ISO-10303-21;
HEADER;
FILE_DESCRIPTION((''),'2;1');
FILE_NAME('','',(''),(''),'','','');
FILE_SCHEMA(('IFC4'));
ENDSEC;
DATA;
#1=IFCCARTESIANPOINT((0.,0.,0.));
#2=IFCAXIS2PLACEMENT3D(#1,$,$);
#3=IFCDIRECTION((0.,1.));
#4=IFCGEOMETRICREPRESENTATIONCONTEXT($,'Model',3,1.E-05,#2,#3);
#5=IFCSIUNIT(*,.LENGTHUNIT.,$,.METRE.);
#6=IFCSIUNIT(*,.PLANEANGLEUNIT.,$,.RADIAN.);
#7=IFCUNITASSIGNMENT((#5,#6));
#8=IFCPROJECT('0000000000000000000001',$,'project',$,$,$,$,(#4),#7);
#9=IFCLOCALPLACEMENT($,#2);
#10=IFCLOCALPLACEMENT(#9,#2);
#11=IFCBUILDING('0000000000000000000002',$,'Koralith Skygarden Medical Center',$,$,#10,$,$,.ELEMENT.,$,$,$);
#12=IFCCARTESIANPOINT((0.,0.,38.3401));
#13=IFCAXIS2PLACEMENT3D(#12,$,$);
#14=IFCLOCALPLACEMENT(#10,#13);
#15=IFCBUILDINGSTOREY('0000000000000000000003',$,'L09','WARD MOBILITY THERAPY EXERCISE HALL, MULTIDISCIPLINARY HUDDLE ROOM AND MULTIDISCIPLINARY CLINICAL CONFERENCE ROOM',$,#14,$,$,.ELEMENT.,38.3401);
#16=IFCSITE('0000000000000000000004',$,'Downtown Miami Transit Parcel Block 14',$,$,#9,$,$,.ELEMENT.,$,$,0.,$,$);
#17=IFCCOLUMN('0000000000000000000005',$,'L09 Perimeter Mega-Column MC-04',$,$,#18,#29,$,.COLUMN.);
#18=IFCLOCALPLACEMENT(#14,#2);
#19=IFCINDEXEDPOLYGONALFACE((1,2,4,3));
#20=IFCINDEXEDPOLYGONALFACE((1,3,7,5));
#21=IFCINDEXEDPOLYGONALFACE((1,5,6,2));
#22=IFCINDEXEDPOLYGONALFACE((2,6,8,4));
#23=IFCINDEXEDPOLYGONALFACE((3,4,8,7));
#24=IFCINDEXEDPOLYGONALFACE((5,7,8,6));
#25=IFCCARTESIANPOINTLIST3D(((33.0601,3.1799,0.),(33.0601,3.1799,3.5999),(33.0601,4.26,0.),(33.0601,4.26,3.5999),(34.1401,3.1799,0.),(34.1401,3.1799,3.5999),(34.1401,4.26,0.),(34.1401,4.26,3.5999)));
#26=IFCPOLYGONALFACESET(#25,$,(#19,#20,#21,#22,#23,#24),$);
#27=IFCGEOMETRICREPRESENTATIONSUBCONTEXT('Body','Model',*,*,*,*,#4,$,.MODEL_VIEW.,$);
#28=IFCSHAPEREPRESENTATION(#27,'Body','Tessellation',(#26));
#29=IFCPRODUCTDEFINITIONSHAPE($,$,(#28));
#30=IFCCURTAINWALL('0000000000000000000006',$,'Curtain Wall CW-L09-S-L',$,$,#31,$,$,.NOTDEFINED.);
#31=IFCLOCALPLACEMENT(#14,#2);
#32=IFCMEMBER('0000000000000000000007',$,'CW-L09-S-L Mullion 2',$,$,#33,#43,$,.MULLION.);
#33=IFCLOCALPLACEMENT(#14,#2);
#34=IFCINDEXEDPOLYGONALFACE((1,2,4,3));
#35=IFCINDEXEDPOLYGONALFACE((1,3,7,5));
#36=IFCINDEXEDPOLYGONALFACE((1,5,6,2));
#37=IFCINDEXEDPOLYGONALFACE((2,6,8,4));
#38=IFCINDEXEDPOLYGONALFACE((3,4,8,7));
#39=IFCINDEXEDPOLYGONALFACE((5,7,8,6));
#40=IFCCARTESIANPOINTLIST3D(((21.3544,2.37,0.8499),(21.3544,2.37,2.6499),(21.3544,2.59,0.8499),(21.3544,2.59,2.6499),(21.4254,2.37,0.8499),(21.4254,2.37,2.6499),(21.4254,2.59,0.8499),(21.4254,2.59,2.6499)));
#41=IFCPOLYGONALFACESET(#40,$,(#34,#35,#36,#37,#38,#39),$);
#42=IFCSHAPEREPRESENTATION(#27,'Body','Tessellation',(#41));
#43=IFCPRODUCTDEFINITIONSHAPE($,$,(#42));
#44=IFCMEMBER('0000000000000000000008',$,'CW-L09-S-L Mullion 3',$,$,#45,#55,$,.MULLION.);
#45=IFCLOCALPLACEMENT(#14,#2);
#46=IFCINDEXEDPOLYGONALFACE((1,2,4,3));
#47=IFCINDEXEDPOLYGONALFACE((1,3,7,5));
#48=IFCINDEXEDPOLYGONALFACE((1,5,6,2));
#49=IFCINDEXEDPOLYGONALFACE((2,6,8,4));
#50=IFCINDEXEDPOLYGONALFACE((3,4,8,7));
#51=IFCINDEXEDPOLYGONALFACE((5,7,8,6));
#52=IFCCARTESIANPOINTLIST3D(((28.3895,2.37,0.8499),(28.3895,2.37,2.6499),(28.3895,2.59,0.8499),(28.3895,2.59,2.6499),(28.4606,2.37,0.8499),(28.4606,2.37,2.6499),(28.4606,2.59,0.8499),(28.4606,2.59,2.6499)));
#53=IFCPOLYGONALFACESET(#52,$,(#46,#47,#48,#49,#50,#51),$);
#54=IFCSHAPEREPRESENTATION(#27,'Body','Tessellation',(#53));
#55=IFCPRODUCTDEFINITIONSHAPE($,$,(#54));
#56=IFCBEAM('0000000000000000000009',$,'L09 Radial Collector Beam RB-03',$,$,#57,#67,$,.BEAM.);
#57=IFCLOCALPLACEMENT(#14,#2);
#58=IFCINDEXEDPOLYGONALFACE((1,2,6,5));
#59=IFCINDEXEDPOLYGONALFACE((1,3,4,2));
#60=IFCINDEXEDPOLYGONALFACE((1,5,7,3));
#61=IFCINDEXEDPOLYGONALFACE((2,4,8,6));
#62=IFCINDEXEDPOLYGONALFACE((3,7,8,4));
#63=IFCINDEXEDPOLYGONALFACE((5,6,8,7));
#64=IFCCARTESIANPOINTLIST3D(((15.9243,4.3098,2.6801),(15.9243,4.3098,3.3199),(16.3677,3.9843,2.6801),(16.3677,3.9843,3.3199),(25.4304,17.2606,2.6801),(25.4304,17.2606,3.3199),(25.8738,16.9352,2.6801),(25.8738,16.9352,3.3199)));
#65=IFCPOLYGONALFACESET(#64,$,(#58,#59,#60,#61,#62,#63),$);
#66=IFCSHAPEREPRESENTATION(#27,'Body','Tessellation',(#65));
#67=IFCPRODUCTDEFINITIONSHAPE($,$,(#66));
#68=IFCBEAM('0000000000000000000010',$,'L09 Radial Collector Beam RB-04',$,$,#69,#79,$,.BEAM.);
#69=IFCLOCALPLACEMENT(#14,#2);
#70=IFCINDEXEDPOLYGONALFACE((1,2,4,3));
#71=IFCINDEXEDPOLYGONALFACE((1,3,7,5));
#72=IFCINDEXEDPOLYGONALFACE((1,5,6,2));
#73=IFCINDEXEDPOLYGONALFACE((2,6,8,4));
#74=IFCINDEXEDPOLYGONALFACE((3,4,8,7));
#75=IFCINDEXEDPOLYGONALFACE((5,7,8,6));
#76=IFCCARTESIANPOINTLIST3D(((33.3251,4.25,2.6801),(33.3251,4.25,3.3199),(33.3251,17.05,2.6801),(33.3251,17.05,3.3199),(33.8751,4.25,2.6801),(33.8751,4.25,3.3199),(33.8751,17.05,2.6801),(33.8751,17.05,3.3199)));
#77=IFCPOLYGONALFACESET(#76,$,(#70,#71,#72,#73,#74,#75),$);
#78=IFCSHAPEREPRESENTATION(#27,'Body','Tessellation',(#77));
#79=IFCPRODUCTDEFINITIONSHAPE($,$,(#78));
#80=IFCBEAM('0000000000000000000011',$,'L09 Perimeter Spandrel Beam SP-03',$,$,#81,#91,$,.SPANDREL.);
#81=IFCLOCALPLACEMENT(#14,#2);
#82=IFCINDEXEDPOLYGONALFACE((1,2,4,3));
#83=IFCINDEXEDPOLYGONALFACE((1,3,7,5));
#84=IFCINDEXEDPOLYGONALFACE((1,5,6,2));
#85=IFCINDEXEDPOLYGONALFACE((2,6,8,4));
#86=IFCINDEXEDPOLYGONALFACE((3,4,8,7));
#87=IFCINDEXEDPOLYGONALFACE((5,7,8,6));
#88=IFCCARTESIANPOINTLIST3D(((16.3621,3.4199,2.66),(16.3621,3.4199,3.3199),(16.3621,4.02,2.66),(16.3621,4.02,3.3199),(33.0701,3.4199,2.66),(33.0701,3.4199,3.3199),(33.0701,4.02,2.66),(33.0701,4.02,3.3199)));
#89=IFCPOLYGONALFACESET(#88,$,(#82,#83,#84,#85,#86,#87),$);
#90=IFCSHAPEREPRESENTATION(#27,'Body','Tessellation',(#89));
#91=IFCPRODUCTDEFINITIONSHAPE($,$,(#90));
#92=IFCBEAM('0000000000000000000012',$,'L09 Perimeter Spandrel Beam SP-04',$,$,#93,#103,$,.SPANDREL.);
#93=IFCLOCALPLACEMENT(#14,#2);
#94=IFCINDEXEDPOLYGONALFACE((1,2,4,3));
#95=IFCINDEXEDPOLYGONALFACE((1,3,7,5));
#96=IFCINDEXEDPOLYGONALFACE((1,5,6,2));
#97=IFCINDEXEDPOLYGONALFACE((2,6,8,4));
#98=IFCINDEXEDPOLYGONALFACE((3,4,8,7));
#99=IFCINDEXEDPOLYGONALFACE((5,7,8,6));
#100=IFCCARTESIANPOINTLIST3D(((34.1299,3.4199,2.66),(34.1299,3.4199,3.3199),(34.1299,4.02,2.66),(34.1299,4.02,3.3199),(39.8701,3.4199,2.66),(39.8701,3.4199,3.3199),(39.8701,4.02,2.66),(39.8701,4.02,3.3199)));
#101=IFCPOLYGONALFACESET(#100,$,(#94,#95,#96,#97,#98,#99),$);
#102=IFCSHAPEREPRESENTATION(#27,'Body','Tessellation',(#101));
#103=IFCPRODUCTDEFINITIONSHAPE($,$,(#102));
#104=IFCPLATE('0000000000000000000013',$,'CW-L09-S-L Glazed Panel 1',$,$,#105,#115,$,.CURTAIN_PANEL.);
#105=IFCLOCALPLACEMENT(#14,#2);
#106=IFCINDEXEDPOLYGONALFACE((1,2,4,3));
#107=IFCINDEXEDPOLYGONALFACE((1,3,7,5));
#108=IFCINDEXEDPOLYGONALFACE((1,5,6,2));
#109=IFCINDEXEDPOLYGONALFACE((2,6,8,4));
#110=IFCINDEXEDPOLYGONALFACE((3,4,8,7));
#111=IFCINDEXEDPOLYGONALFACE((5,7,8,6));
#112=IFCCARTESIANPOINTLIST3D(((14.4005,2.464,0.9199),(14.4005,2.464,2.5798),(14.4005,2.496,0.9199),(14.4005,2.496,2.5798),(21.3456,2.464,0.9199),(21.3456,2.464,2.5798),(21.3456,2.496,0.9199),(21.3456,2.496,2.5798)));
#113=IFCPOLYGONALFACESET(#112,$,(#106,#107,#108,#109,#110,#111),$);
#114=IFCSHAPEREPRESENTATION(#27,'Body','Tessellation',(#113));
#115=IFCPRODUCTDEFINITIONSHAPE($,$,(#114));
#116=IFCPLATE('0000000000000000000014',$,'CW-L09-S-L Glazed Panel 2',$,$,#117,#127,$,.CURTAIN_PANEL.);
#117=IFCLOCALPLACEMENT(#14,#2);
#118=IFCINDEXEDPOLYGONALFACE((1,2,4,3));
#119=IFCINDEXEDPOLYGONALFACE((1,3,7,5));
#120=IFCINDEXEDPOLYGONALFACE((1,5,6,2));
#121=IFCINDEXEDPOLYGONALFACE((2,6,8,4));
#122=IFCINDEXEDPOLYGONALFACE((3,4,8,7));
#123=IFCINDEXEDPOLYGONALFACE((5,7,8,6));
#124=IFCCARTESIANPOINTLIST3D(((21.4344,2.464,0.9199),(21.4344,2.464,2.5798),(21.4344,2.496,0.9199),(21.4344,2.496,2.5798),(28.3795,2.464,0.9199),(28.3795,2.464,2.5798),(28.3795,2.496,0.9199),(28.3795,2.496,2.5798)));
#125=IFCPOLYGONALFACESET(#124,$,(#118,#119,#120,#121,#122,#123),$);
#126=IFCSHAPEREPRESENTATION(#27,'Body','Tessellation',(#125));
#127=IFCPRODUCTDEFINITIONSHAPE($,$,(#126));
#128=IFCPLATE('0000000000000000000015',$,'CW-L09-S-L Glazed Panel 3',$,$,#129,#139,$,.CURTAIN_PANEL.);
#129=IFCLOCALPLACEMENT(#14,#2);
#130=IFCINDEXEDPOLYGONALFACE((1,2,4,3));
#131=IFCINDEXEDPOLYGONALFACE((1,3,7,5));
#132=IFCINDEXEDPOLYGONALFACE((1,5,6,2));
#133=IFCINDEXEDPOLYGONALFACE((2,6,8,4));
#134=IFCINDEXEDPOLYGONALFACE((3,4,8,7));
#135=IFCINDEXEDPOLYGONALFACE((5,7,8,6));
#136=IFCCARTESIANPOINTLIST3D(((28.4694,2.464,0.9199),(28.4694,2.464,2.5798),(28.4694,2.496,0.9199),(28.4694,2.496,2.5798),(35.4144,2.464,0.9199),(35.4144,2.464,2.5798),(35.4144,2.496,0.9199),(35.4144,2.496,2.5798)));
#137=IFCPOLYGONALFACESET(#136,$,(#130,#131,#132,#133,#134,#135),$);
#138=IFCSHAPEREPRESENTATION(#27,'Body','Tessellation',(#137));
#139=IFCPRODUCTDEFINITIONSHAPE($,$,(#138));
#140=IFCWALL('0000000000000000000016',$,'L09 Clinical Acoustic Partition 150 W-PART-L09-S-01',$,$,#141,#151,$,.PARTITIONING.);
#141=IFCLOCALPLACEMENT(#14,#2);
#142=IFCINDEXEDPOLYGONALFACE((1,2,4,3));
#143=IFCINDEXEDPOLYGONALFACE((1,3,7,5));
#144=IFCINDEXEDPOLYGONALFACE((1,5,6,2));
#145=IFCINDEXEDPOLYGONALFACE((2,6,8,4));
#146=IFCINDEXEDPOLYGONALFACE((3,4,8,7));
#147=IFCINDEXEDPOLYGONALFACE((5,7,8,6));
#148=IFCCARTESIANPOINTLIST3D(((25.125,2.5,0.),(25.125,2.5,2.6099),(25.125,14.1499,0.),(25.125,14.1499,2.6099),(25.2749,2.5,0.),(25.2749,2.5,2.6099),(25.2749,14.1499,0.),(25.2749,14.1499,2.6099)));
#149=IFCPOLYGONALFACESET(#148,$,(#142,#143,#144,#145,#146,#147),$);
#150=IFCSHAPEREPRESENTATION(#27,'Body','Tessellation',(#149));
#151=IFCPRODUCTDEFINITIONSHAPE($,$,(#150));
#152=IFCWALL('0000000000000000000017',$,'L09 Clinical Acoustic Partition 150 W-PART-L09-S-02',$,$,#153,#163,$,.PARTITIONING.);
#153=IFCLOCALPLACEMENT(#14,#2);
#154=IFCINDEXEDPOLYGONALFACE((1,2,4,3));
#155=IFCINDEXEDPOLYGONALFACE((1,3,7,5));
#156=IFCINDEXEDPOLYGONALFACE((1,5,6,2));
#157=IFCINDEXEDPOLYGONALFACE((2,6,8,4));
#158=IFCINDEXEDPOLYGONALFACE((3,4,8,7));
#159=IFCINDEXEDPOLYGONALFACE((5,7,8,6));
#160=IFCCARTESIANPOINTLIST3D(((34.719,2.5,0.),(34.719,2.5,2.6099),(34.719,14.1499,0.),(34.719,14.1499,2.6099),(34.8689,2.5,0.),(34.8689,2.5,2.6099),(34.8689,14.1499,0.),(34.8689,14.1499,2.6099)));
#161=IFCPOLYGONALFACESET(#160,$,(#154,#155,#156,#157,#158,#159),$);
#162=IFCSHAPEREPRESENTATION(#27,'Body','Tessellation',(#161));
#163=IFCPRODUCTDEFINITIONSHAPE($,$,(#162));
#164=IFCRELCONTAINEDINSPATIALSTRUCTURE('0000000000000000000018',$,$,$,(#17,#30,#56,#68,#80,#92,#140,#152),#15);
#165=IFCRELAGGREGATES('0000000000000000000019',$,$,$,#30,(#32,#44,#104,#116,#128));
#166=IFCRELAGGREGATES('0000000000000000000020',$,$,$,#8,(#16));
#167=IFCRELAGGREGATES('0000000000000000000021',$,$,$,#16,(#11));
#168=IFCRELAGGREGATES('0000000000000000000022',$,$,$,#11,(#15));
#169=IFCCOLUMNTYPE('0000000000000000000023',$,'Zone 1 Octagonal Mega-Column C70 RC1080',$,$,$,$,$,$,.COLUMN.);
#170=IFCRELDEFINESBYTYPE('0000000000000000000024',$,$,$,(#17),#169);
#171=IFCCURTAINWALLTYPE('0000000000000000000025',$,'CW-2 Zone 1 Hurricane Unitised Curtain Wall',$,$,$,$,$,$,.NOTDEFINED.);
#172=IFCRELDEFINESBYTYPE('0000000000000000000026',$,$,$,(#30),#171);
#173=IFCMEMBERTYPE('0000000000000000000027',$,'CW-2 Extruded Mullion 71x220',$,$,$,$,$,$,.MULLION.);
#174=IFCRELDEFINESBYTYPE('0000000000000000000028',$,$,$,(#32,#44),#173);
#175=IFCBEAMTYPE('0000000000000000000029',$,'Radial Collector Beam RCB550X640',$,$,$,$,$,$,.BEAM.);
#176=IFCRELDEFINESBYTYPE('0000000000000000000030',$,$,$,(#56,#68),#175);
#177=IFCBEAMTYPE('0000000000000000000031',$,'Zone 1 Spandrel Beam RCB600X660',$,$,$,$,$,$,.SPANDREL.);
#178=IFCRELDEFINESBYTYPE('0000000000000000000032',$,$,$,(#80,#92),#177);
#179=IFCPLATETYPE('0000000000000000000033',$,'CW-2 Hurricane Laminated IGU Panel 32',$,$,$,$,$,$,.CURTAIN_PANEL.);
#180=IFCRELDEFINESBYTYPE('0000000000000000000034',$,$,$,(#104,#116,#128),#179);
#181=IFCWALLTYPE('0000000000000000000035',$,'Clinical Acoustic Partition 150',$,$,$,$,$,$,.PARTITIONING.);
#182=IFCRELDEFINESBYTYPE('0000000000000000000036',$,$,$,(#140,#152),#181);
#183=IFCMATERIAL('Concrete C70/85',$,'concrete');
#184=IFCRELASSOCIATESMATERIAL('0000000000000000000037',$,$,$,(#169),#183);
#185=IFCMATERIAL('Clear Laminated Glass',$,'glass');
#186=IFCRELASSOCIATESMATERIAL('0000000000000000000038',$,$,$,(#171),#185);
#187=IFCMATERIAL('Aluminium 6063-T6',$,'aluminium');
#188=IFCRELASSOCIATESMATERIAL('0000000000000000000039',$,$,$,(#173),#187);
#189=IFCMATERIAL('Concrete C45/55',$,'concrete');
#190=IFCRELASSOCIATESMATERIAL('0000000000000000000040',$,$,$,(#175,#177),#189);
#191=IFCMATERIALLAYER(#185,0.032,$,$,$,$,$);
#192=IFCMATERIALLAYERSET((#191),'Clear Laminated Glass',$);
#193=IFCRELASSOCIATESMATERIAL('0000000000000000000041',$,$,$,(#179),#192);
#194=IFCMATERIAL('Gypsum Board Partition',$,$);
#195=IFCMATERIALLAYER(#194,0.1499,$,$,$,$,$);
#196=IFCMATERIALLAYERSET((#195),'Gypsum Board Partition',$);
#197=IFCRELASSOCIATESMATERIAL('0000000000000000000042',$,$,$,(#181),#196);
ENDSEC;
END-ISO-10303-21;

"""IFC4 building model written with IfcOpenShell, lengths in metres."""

from ifc_helpers import new_model, si_unit, direction, frame, frame_2d, origin, origin_2d, place, context, subcontext, project, spatial, rectangle, extrude, material, layer, layer_set, material_profile, profile_set, type_object, element, aggregate, save


model = new_model("IFC4")

# Units and contexts
model_context = context("Model", 3, precision=1e-05, world=origin(), true_north=direction((0.0, 1.0)))
body_context = subcontext(model_context, "Body", "Model", "MODEL_VIEW")
ifc_project = project(units=[si_unit("LENGTHUNIT", "METRE"), si_unit("PLANEANGLEUNIT", "RADIAN")], contexts=[model_context])

# Site, building, storey
site_placement = place(None, origin())
site = spatial("IfcSite", under=ifc_project, at=site_placement, Name="Downtown Miami Transit Parcel Block 14", CompositionType="ELEMENT", RefElevation=0.0)
building_placement = place(site_placement, origin())
building = spatial("IfcBuilding", under=site, at=building_placement, Name="Koralith Skygarden Medical Center", CompositionType="ELEMENT")
storey_placement = place(building_placement, frame((0.0, 0.0, 38.3401)))
storey = spatial("IfcBuildingStorey", under=building, at=storey_placement, Name="L09", Description="WARD MOBILITY THERAPY EXERCISE HALL, MULTIDISCIPLINARY HUDDLE ROOM AND MULTIDISCIPLINARY CLINICAL CONFERENCE ROOM", CompositionType="ELEMENT", Elevation=38.3401)

# Column
ifc_material_1 = material(Name="Concrete C70/85", Category="concrete")
ifc_material_profile_1 = material_profile(ifc_material_1, rectangle(XDim=1.0801, YDim=1.0801, at=origin_2d()), Name="RC1080X1080")
ifc_profile_set_1 = profile_set([ifc_material_profile_1], Name="Concrete C70/85")
column_type = type_object("IfcColumnType", Name="Zone 1 Octagonal Mega-Column C70 RC1080", PredefinedType="COLUMN", material=ifc_profile_set_1)
column_placement = place(storey_placement, frame((33.6001, 3.72, 0.0), z_axis=(0.0, 0.0, 1.0), x_axis=(1.0, 0.0, 0.0)))
element("IfcColumn", 1, at=column_placement, inside=storey, type_object=column_type, Name="L09 Perimeter Mega-Column MC-04", PredefinedType="COLUMN", context=body_context, shape_type="SweptSolid", body=[
    extrude(rectangle(XDim=1.0801, YDim=1.0801, at=origin_2d()), origin(), (0.0, 0.0, 1.0), 3.5999),
])

# Curtain wall, members
ifc_material_2 = material(Name="Clear Laminated Glass", Category="glass")
curtain_wall_type = type_object("IfcCurtainWallType", Name="CW-2 Zone 1 Hurricane Unitised Curtain Wall", PredefinedType="NOTDEFINED", material=ifc_material_2)
curtain_wall_placement = place(storey_placement, origin())
curtain_wall = element("IfcCurtainWall", 2, at=curtain_wall_placement, inside=storey, type_object=curtain_wall_type, Name="Curtain Wall CW-L09-S-L", PredefinedType="NOTDEFINED")
ifc_material_3 = material(Name="Aluminium 6063-T6", Category="aluminium")
ifc_material_profile_2 = material_profile(ifc_material_3, rectangle(XDim=0.071, YDim=0.22, at=origin_2d()), Name="MUL71X220")
ifc_profile_set_2 = profile_set([ifc_material_profile_2], Name="Aluminium 6063-T6")
member_type = type_object("IfcMemberType", Name="CW-2 Extruded Mullion 71x220", PredefinedType="MULLION", material=ifc_profile_set_2)
member_1_placement = place(storey_placement, frame((21.3899, 2.48, 0.8499), z_axis=(0.0, 0.0, 1.0), x_axis=(1.0, 0.0, 0.0)))
member_1 = element("IfcMember", 3, at=member_1_placement, type_object=member_type, Name="CW-L09-S-L Mullion 2", PredefinedType="MULLION", context=body_context, shape_type="SweptSolid", body=[
    extrude(rectangle(XDim=0.071, YDim=0.22, at=origin_2d()), origin(), (0.0, 0.0, 1.0), 1.8),
])
member_2_placement = place(storey_placement, frame((28.425, 2.48, 0.8499), z_axis=(0.0, 0.0, 1.0), x_axis=(1.0, 0.0, 0.0)))
member_2 = element("IfcMember", 4, at=member_2_placement, type_object=member_type, Name="CW-L09-S-L Mullion 3", PredefinedType="MULLION", context=body_context, shape_type="SweptSolid", body=[
    extrude(rectangle(XDim=0.071, YDim=0.22, at=origin_2d()), origin(), (0.0, 0.0, 1.0), 1.8),
])

# Beams
ifc_material_4 = material(Name="Concrete C45/55", Category="concrete")
ifc_material_profile_3 = material_profile(ifc_material_4, rectangle(XDim=0.55, YDim=0.6399, at=origin_2d()), Name="RCB550X640")
ifc_profile_set_3 = profile_set([ifc_material_profile_3], Name="Concrete C45/55")
beam_type_1 = type_object("IfcBeamType", Name="Radial Collector Beam RCB550X640", PredefinedType="BEAM", material=ifc_profile_set_3)
beam_1_placement = place(storey_placement, frame((25.6521, 17.0979, 3.0), z_axis=(-0.591718, -0.806145, 0.0), x_axis=(0.806145, -0.591718, 0.0)))
element("IfcBeam", 5, at=beam_1_placement, inside=storey, type_object=beam_type_1, Name="L09 Radial Collector Beam RB-03", PredefinedType="BEAM", context=body_context, shape_type="SweptSolid", body=[
    extrude(rectangle(XDim=0.55, YDim=0.6399, at=origin_2d()), origin(), (0.0, 0.0, 1.0), 16.0652),
])
beam_2_placement = place(storey_placement, frame((33.6001, 17.05, 3.0), z_axis=(0.0, -1.0, 0.0), x_axis=(1.0, 0.0, 0.0)))
element("IfcBeam", 6, at=beam_2_placement, inside=storey, type_object=beam_type_1, Name="L09 Radial Collector Beam RB-04", PredefinedType="BEAM", context=body_context, shape_type="SweptSolid", body=[
    extrude(rectangle(XDim=0.55, YDim=0.6399, at=origin_2d()), origin(), (0.0, 0.0, 1.0), 12.8),
])
ifc_material_profile_4 = material_profile(ifc_material_4, rectangle(XDim=0.6001, YDim=0.6599, at=origin_2d()), Name="RCB600X660")
ifc_profile_set_4 = profile_set([ifc_material_profile_4], Name="Concrete C45/55")
beam_type_2 = type_object("IfcBeamType", Name="Zone 1 Spandrel Beam RCB600X660", PredefinedType="SPANDREL", material=ifc_profile_set_4)
beam_3_placement = place(storey_placement, frame((16.3621, 3.72, 2.99), z_axis=(1.0, 0.0, 0.0), x_axis=(0.0, 1.0, 0.0)))
element("IfcBeam", 7, at=beam_3_placement, inside=storey, type_object=beam_type_2, Name="L09 Perimeter Spandrel Beam SP-03", PredefinedType="SPANDREL", context=body_context, shape_type="SweptSolid", body=[
    extrude(rectangle(XDim=0.6001, YDim=0.6599, at=origin_2d()), origin(), (0.0, 0.0, 1.0), 16.708),
])
beam_4_placement = place(storey_placement, frame((34.1299, 3.72, 2.99), z_axis=(1.0, 0.0, 0.0), x_axis=(0.0, 1.0, 0.0)))
element("IfcBeam", 8, at=beam_4_placement, inside=storey, type_object=beam_type_2, Name="L09 Perimeter Spandrel Beam SP-04", PredefinedType="SPANDREL", context=body_context, shape_type="SweptSolid", body=[
    extrude(rectangle(XDim=0.6001, YDim=0.6599, at=origin_2d()), origin(), (0.0, 0.0, 1.0), 5.7402),
])

# Plates
ifc_layer_1 = layer(ifc_material_2, 0.032)
ifc_layer_set_1 = layer_set([ifc_layer_1], Name="Clear Laminated Glass")
plate_type = type_object("IfcPlateType", Name="CW-2 Hurricane Laminated IGU Panel 32", PredefinedType="CURTAIN_PANEL", material=ifc_layer_set_1)
plate_1_placement = place(storey_placement, frame((17.873, 2.48, 0.9199), z_axis=(0.0, 0.0, 1.0), x_axis=(1.0, 0.0, 0.0)))
plate_1 = element("IfcPlate", 9, at=plate_1_placement, type_object=plate_type, Name="CW-L09-S-L Glazed Panel 1", PredefinedType="CURTAIN_PANEL", context=body_context, shape_type="SweptSolid", body=[
    extrude(rectangle(XDim=6.9451, YDim=0.032, at=origin_2d()), origin(), (0.0, 0.0, 1.0), 1.6599),
])
plate_2_placement = place(storey_placement, frame((24.907, 2.48, 0.9199), z_axis=(0.0, 0.0, 1.0), x_axis=(1.0, 0.0, 0.0)))
plate_2 = element("IfcPlate", 10, at=plate_2_placement, type_object=plate_type, Name="CW-L09-S-L Glazed Panel 2", PredefinedType="CURTAIN_PANEL", context=body_context, shape_type="SweptSolid", body=[
    extrude(rectangle(XDim=6.9451, YDim=0.032, at=origin_2d()), origin(), (0.0, 0.0, 1.0), 1.6599),
])
plate_3_placement = place(storey_placement, frame((31.9419, 2.48, 0.9199), z_axis=(0.0, 0.0, 1.0), x_axis=(1.0, 0.0, 0.0)))
plate_3 = element("IfcPlate", 11, at=plate_3_placement, type_object=plate_type, Name="CW-L09-S-L Glazed Panel 3", PredefinedType="CURTAIN_PANEL", context=body_context, shape_type="SweptSolid", body=[
    extrude(rectangle(XDim=6.9451, YDim=0.032, at=origin_2d()), origin(), (0.0, 0.0, 1.0), 1.6599),
])
aggregate(curtain_wall, [member_1, member_2, plate_1, plate_2, plate_3])

# Walls
ifc_material_5 = material(Name="Gypsum Board Partition")
ifc_layer_2 = layer(ifc_material_5, 0.1499)
ifc_layer_set_2 = layer_set([ifc_layer_2], Name="Gypsum Board Partition")
wall_type_1 = type_object("IfcWallType", Name="Clinical Acoustic Partition 150", PredefinedType="PARTITIONING", material=ifc_layer_set_2)
for number, where, z_axis, x_axis, name in (
    (12, (25.2, 14.1499, 0.0), (0.0, 0.0, 1.0), (0.0, -1.0, 0.0), "L09 Clinical Acoustic Partition 150 W-PART-L09-S-01"),
    (13, (34.7939, 14.1499, 0.0), (0.0, 0.0, 1.0), (0.0, -1.0, 0.0), "L09 Clinical Acoustic Partition 150 W-PART-L09-S-02"),
):
    element("IfcWall", number, at=place(storey_placement, frame(where, z_axis=z_axis, x_axis=x_axis)), inside=storey, type_object=wall_type_1, Name=name, PredefinedType="PARTITIONING", context=body_context, shape_type="SweptSolid", body=[
        extrude(rectangle(XDim=11.6499, YDim=0.1499, at=frame_2d((5.825, 0.0))), origin(), (0.0, 0.0, 1.0), 2.6099),
    ])

save(model, "model.ifc")
